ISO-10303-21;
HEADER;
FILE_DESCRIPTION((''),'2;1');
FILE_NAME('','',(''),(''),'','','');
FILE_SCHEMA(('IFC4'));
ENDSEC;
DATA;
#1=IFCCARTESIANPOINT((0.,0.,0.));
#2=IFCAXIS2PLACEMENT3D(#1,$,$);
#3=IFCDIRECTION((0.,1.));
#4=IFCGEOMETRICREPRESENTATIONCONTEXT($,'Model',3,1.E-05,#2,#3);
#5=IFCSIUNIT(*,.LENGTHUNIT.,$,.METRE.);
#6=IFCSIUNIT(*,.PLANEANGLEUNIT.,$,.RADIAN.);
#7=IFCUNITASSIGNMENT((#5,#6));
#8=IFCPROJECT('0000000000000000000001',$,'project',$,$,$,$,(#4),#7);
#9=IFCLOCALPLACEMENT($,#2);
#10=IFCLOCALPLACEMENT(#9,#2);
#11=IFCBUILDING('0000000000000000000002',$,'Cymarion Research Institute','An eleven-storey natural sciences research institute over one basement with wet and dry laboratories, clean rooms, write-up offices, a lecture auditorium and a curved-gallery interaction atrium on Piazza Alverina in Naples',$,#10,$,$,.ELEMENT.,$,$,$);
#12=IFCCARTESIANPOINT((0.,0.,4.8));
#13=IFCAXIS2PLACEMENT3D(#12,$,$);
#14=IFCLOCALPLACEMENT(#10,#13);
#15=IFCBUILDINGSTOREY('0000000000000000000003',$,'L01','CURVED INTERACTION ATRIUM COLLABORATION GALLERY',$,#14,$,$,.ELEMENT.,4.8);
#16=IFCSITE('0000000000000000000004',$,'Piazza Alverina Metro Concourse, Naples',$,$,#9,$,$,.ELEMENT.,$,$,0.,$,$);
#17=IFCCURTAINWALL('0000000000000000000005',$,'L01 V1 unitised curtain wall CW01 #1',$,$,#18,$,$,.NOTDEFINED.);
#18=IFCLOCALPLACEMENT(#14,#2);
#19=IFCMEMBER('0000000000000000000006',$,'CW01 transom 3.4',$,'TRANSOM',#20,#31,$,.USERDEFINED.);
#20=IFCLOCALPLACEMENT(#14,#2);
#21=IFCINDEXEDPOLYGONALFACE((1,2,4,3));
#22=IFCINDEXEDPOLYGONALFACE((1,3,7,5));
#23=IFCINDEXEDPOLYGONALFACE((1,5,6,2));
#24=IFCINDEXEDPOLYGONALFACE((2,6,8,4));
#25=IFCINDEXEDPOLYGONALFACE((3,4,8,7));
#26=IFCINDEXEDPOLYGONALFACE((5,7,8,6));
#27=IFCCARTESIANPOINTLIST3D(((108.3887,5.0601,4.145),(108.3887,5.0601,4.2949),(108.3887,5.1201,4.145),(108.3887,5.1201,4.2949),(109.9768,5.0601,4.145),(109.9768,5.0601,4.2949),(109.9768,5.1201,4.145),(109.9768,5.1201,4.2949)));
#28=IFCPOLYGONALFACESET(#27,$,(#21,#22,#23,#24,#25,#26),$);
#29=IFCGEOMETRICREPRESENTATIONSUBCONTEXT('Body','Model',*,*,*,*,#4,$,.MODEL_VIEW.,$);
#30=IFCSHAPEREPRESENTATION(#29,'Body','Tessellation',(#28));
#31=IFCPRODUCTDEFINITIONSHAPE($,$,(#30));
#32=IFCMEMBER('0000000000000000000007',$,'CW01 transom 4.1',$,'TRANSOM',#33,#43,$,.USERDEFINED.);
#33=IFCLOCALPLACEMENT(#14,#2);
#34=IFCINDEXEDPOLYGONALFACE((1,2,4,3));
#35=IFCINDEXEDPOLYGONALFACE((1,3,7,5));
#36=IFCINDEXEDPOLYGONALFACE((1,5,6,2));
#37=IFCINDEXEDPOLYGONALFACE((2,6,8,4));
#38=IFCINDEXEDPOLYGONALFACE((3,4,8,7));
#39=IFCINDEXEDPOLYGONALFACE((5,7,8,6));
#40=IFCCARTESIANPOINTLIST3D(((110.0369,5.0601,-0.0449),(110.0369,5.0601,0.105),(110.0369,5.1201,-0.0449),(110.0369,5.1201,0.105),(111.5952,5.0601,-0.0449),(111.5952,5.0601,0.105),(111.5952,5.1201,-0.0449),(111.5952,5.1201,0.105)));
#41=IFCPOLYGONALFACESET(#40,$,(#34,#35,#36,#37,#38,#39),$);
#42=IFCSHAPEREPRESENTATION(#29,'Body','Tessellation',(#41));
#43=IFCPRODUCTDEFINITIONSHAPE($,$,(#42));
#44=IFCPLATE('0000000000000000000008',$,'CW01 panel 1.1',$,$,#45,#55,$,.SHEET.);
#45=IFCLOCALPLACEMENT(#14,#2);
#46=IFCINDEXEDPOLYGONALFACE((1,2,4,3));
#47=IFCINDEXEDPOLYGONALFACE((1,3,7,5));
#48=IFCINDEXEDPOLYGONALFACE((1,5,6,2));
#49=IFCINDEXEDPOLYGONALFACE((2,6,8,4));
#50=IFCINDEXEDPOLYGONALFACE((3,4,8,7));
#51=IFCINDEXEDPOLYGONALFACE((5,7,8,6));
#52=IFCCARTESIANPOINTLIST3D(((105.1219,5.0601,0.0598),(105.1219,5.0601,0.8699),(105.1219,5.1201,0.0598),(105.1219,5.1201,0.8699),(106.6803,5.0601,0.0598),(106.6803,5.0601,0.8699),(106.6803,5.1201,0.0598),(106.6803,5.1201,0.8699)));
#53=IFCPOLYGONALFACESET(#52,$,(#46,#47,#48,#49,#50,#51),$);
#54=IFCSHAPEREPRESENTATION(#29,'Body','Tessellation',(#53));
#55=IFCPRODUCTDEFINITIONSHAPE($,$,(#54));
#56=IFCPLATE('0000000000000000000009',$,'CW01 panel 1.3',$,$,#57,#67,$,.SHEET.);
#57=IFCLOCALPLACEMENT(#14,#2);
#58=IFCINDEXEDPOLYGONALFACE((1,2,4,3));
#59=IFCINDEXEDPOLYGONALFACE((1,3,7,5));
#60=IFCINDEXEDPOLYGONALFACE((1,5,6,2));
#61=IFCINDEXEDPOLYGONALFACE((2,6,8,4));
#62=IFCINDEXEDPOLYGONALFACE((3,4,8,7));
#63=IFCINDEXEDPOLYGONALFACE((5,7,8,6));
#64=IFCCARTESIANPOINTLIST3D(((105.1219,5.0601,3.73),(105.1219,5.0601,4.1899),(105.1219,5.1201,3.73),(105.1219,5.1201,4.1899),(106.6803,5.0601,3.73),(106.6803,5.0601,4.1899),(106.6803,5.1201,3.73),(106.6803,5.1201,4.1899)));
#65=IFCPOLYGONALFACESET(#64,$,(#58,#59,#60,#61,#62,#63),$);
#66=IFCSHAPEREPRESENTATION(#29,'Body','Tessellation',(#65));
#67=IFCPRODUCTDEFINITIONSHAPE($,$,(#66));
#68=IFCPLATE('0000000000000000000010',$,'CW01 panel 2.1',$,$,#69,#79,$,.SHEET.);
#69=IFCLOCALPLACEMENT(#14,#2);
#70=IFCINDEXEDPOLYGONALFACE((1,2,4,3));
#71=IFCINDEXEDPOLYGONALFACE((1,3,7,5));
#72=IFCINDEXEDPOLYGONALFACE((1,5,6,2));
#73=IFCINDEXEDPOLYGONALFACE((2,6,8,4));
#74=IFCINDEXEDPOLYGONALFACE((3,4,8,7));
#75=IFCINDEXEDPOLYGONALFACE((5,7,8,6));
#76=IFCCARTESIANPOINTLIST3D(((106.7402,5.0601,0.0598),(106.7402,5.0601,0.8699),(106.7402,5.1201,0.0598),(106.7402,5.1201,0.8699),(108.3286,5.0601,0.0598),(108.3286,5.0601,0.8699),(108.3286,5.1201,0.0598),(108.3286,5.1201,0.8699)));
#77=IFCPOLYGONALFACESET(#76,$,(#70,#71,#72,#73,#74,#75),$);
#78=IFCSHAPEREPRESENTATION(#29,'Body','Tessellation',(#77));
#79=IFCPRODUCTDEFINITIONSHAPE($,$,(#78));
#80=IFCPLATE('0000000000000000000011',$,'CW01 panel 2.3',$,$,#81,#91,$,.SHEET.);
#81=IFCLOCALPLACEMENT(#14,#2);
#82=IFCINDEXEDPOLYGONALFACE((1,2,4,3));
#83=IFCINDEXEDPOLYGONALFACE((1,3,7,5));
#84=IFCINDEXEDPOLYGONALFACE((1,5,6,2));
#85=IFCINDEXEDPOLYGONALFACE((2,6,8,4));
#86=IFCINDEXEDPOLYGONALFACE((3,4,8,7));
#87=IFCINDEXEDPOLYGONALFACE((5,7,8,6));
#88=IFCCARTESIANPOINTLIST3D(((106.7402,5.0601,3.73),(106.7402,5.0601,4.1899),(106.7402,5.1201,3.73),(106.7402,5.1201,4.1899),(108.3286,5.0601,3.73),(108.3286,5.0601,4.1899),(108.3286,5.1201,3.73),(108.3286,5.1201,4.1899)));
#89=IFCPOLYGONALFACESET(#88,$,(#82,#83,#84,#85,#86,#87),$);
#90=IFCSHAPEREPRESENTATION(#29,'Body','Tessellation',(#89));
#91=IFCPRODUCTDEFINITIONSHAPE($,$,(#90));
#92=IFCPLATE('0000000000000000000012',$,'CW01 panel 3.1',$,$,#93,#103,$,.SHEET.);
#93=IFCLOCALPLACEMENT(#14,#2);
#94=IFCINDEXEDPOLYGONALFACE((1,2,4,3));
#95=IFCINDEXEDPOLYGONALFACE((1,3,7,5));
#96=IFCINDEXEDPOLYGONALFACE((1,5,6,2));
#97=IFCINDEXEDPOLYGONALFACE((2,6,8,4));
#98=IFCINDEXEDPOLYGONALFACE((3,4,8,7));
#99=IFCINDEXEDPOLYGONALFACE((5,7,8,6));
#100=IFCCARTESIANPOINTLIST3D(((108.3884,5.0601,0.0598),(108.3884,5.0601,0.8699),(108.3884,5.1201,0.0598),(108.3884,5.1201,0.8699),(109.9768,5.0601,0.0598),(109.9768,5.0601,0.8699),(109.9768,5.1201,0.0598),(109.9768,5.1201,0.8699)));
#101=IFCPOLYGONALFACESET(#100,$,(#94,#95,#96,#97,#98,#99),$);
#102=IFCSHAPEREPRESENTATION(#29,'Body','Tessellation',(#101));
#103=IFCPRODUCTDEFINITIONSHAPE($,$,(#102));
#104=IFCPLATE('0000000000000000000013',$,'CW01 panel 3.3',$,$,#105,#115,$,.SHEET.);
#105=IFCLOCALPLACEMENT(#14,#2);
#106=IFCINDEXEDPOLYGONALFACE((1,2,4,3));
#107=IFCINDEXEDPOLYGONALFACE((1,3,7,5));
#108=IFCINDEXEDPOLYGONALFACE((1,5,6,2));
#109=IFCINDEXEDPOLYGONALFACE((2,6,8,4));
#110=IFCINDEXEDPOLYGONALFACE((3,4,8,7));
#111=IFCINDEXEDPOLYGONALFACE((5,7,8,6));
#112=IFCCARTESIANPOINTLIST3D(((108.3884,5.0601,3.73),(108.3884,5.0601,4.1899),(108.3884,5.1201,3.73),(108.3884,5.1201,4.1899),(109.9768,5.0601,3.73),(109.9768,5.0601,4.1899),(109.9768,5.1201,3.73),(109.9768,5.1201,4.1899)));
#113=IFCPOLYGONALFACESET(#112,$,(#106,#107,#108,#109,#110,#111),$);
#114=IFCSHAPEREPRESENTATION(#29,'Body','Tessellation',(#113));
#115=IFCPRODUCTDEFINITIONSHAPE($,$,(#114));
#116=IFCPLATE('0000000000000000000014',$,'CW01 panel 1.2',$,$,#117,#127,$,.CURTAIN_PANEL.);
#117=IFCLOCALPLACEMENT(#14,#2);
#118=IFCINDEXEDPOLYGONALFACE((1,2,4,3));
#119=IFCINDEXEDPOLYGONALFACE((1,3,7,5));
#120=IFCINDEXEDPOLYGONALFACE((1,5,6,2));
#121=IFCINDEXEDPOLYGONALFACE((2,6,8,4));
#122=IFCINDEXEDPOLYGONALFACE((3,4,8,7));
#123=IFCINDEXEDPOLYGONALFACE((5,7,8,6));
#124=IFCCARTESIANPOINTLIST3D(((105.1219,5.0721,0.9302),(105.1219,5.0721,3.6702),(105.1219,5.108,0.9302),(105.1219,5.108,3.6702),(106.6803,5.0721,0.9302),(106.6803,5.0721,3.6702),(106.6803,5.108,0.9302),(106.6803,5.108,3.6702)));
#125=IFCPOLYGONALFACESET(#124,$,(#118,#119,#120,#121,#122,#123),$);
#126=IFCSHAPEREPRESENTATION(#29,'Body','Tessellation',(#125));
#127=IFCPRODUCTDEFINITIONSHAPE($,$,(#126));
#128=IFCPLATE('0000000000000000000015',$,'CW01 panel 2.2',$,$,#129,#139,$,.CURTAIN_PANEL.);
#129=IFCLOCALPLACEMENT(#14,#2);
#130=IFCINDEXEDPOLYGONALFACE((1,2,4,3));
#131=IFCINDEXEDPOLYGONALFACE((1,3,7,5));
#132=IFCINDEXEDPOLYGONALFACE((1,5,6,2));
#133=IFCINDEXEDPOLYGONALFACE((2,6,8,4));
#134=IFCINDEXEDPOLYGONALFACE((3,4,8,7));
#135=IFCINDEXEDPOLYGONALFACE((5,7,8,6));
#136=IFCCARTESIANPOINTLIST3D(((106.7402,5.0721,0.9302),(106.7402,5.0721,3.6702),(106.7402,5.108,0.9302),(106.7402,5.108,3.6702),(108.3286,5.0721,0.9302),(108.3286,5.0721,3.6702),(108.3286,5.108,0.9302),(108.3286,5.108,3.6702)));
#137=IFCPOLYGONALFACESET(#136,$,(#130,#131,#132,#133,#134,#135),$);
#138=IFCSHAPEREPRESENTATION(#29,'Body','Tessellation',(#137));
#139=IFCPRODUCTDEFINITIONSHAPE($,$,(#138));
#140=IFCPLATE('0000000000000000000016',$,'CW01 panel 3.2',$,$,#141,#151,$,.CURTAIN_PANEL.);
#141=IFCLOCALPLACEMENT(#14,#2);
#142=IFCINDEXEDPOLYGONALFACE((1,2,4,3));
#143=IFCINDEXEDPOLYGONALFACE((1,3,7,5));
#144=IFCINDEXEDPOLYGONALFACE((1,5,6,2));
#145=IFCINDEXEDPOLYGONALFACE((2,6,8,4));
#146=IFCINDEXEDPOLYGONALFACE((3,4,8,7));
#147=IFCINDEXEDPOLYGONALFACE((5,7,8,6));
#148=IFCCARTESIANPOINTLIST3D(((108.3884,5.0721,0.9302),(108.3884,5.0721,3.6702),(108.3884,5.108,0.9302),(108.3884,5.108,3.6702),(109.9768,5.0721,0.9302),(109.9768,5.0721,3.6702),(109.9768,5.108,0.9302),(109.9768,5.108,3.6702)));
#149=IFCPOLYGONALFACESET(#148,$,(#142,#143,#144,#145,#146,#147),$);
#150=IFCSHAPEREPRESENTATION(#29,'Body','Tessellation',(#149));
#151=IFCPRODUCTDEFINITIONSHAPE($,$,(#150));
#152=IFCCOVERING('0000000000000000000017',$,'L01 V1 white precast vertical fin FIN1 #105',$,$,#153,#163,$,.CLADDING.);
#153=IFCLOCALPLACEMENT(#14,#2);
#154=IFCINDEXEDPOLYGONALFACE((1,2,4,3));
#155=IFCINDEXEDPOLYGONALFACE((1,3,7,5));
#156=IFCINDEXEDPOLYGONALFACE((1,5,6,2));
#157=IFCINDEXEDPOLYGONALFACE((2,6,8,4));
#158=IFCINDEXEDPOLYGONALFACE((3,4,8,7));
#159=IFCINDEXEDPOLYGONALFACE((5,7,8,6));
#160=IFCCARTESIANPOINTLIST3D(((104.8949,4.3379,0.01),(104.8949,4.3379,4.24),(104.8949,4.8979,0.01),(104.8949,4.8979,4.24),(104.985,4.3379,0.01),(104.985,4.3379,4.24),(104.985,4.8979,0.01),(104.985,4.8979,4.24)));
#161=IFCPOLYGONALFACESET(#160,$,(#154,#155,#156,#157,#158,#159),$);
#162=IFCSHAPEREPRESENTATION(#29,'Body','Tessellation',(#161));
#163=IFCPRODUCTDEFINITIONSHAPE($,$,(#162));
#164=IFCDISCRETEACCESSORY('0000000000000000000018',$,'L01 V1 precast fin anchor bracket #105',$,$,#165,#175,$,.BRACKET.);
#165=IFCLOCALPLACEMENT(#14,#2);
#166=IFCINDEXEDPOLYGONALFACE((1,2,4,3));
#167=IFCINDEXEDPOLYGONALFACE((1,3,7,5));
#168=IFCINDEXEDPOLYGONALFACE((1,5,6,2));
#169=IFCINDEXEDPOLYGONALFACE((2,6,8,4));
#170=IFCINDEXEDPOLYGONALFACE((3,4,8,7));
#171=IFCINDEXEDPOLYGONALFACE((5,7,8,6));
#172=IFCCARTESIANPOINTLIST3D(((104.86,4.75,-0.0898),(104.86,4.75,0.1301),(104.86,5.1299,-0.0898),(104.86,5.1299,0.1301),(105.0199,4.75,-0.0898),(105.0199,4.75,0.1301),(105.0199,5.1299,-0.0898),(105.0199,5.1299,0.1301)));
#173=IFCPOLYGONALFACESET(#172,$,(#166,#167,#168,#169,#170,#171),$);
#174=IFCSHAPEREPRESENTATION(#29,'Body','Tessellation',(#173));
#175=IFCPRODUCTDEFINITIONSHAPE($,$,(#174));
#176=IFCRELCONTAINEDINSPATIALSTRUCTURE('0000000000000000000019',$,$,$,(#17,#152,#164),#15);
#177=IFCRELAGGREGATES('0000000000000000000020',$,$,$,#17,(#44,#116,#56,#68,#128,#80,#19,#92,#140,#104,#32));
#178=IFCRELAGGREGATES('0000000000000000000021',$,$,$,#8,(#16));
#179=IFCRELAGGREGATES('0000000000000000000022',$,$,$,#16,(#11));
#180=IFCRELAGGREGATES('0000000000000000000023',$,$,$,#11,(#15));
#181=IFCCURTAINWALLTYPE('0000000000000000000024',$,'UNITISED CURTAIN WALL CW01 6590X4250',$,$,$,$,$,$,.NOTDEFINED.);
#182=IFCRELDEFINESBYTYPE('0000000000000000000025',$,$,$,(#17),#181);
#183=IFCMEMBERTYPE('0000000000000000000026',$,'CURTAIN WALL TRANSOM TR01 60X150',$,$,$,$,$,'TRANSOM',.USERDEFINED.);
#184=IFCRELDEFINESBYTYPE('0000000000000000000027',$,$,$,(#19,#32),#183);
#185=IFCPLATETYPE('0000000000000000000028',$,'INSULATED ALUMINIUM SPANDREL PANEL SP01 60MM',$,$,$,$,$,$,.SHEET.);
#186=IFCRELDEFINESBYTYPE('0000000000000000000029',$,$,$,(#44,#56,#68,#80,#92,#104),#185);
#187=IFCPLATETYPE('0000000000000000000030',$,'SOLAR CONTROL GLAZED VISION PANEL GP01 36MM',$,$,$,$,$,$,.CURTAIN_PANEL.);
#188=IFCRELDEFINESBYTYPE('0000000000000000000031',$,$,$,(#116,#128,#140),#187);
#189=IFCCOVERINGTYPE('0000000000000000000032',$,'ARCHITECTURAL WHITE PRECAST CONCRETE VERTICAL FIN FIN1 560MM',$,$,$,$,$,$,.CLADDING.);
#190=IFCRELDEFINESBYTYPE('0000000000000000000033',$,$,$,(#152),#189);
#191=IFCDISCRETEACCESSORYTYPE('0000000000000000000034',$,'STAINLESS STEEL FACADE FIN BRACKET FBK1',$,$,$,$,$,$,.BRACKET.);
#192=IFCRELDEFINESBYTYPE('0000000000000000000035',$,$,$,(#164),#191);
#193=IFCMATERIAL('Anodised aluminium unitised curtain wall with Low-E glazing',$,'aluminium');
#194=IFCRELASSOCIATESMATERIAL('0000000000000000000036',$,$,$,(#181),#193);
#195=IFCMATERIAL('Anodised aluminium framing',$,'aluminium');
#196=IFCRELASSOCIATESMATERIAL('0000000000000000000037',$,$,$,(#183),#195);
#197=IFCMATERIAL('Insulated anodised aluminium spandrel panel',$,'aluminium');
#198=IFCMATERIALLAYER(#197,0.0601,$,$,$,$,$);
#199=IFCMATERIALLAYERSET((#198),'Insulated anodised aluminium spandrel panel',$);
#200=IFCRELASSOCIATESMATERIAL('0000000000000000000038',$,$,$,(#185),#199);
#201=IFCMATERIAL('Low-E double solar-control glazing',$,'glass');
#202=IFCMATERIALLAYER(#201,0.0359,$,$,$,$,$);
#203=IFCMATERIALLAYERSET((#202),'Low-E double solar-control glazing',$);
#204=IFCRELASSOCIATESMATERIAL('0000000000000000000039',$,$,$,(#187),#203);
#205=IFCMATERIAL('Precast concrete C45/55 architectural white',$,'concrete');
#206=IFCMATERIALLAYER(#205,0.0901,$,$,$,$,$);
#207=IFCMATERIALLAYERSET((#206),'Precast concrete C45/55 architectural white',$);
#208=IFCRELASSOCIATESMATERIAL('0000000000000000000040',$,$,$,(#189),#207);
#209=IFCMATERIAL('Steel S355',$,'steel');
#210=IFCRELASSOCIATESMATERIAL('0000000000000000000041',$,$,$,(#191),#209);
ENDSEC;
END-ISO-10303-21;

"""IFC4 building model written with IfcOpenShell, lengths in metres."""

from ifc_helpers import new_model, si_unit, direction, frame, origin, origin_2d, place, context, subcontext, project, spatial, rectangle, extrude, material, layer, layer_set, material_profile, profile_set, type_object, element, aggregate, save


model = new_model("IFC4")

# Units and contexts
model_context = context("Model", 3, precision=1e-05, world=origin(), true_north=direction((0.0, 1.0)))
body_context = subcontext(model_context, "Body", "Model", "MODEL_VIEW")
ifc_project = project(units=[si_unit("LENGTHUNIT", "METRE"), si_unit("PLANEANGLEUNIT", "RADIAN")], contexts=[model_context])

# Site, building, storey
site_placement = place(None, origin())
site = spatial("IfcSite", under=ifc_project, at=site_placement, Name="Piazza Alverina Metro Concourse, Naples", CompositionType="ELEMENT", RefElevation=0.0)
building_placement = place(site_placement, origin())
building = spatial("IfcBuilding", under=site, at=building_placement, Name="Cymarion Research Institute", Description="An eleven-storey natural sciences research institute over one basement with wet and dry laboratories, clean rooms, write-up offices, a lecture auditorium and a curved-gallery interaction atrium on Piazza Alverina in Naples", CompositionType="ELEMENT")
storey_placement = place(building_placement, frame((0.0, 0.0, 4.8)))
storey = spatial("IfcBuildingStorey", under=building, at=storey_placement, Name="L01", Description="CURVED INTERACTION ATRIUM COLLABORATION GALLERY", CompositionType="ELEMENT", Elevation=4.8)

# Curtain wall, members, plates
ifc_material_1 = material(Name="Anodised aluminium unitised curtain wall with Low-E glazing", Category="aluminium")
curtain_wall_type = type_object("IfcCurtainWallType", Name="UNITISED CURTAIN WALL CW01 6590X4250", PredefinedType="NOTDEFINED", material=ifc_material_1)
curtain_wall_placement = place(storey_placement, origin())
curtain_wall = element("IfcCurtainWall", 1, at=curtain_wall_placement, inside=storey, type_object=curtain_wall_type, Name="L01 V1 unitised curtain wall CW01 #1", PredefinedType="NOTDEFINED")
ifc_material_2 = material(Name="Anodised aluminium framing", Category="aluminium")
ifc_material_profile_1 = material_profile(ifc_material_2, rectangle(XDim=0.0601, YDim=0.1499, at=origin_2d()), Name="ALU TRANSOM 60x150")
ifc_profile_set_1 = profile_set([ifc_material_profile_1], Name="Anodised aluminium framing")
member_type_1 = type_object("IfcMemberType", Name="CURTAIN WALL TRANSOM TR01 60X150", ElementType="TRANSOM", PredefinedType="USERDEFINED", material=ifc_profile_set_1)
member_1_placement = place(storey_placement, frame((108.3887, 5.0901, 4.22), z_axis=(1.0, 0.0, 0.0), x_axis=(0.0, 1.0, 0.0)))
member_1 = element("IfcMember", 2, at=member_1_placement, type_object=member_type_1, Name="CW01 transom 3.4", ObjectType="TRANSOM", PredefinedType="USERDEFINED", context=body_context, shape_type="SweptSolid", body=[
    extrude(rectangle(XDim=0.0601, YDim=0.1499, at=origin_2d()), origin(), (0.0, 0.0, 1.0), 1.5881),
])
member_2_placement = place(storey_placement, frame((110.0369, 5.0901, 0.03), z_axis=(1.0, 0.0, 0.0), x_axis=(0.0, 1.0, 0.0)))
member_2 = element("IfcMember", 3, at=member_2_placement, type_object=member_type_1, Name="CW01 transom 4.1", ObjectType="TRANSOM", PredefinedType="USERDEFINED", context=body_context, shape_type="SweptSolid", body=[
    extrude(rectangle(XDim=0.0601, YDim=0.1499, at=origin_2d()), origin(), (0.0, 0.0, 1.0), 1.5583),
])
ifc_material_3 = material(Name="Insulated anodised aluminium spandrel panel", Category="aluminium")
ifc_layer_1 = layer(ifc_material_3, 0.0601)
ifc_layer_set_1 = layer_set([ifc_layer_1], Name="Insulated anodised aluminium spandrel panel")
plate_type_1 = type_object("IfcPlateType", Name="INSULATED ALUMINIUM SPANDREL PANEL SP01 60MM", PredefinedType="SHEET", material=ifc_layer_set_1)
plate_1_placement = place(storey_placement, frame((105.9011, 5.0901, 0.0598), z_axis=(0.0, 0.0, 1.0), x_axis=(1.0, 0.0, 0.0)))
plate_1 = element("IfcPlate", 4, at=plate_1_placement, type_object=plate_type_1, Name="CW01 panel 1.1", PredefinedType="SHEET", context=body_context, shape_type="SweptSolid", body=[
    extrude(rectangle(XDim=1.5583, YDim=0.0601, at=origin_2d()), origin(), (0.0, 0.0, 1.0), 0.8101),
])
plate_2_placement = place(storey_placement, frame((105.9011, 5.0901, 3.73), z_axis=(0.0, 0.0, 1.0), x_axis=(1.0, 0.0, 0.0)))
plate_2 = element("IfcPlate", 5, at=plate_2_placement, type_object=plate_type_1, Name="CW01 panel 1.3", PredefinedType="SHEET", context=body_context, shape_type="SweptSolid", body=[
    extrude(rectangle(XDim=1.5583, YDim=0.0601, at=origin_2d()), origin(), (0.0, 0.0, 1.0), 0.46),
])
plate_3_placement = place(storey_placement, frame((107.5344, 5.0901, 0.0598), z_axis=(0.0, 0.0, 1.0), x_axis=(1.0, 0.0, 0.0)))
plate_3 = element("IfcPlate", 6, at=plate_3_placement, type_object=plate_type_1, Name="CW01 panel 2.1", PredefinedType="SHEET", context=body_context, shape_type="SweptSolid", body=[
    extrude(rectangle(XDim=1.5884, YDim=0.0601, at=origin_2d()), origin(), (0.0, 0.0, 1.0), 0.8101),
])
plate_4_placement = place(storey_placement, frame((107.5344, 5.0901, 3.73), z_axis=(0.0, 0.0, 1.0), x_axis=(1.0, 0.0, 0.0)))
plate_4 = element("IfcPlate", 7, at=plate_4_placement, type_object=plate_type_1, Name="CW01 panel 2.3", PredefinedType="SHEET", context=body_context, shape_type="SweptSolid", body=[
    extrude(rectangle(XDim=1.5884, YDim=0.0601, at=origin_2d()), origin(), (0.0, 0.0, 1.0), 0.46),
])
plate_5_placement = place(storey_placement, frame((109.1826, 5.0901, 0.0598), z_axis=(0.0, 0.0, 1.0), x_axis=(1.0, 0.0, 0.0)))
plate_5 = element("IfcPlate", 8, at=plate_5_placement, type_object=plate_type_1, Name="CW01 panel 3.1", PredefinedType="SHEET", context=body_context, shape_type="SweptSolid", body=[
    extrude(rectangle(XDim=1.5884, YDim=0.0601, at=origin_2d()), origin(), (0.0, 0.0, 1.0), 0.8101),
])
plate_6_placement = place(storey_placement, frame((109.1826, 5.0901, 3.73), z_axis=(0.0, 0.0, 1.0), x_axis=(1.0, 0.0, 0.0)))
plate_6 = element("IfcPlate", 9, at=plate_6_placement, type_object=plate_type_1, Name="CW01 panel 3.3", PredefinedType="SHEET", context=body_context, shape_type="SweptSolid", body=[
    extrude(rectangle(XDim=1.5884, YDim=0.0601, at=origin_2d()), origin(), (0.0, 0.0, 1.0), 0.46),
])
ifc_material_4 = material(Name="Low-E double solar-control glazing", Category="glass")
ifc_layer_2 = layer(ifc_material_4, 0.0359)
ifc_layer_set_2 = layer_set([ifc_layer_2], Name="Low-E double solar-control glazing")
plate_type_2 = type_object("IfcPlateType", Name="SOLAR CONTROL GLAZED VISION PANEL GP01 36MM", PredefinedType="CURTAIN_PANEL", material=ifc_layer_set_2)
plate_7_placement = place(storey_placement, frame((105.9011, 5.0901, 0.9302), z_axis=(0.0, 0.0, 1.0), x_axis=(1.0, 0.0, 0.0)))
plate_7 = element("IfcPlate", 10, at=plate_7_placement, type_object=plate_type_2, Name="CW01 panel 1.2", PredefinedType="CURTAIN_PANEL", context=body_context, shape_type="SweptSolid", body=[
    extrude(rectangle(XDim=1.5583, YDim=0.0359, at=origin_2d()), origin(), (0.0, 0.0, 1.0), 2.74),
])
plate_8_placement = place(storey_placement, frame((107.5344, 5.0901, 0.9302), z_axis=(0.0, 0.0, 1.0), x_axis=(1.0, 0.0, 0.0)))
plate_8 = element("IfcPlate", 11, at=plate_8_placement, type_object=plate_type_2, Name="CW01 panel 2.2", PredefinedType="CURTAIN_PANEL", context=body_context, shape_type="SweptSolid", body=[
    extrude(rectangle(XDim=1.5884, YDim=0.0359, at=origin_2d()), origin(), (0.0, 0.0, 1.0), 2.74),
])
plate_9_placement = place(storey_placement, frame((109.1826, 5.0901, 0.9302), z_axis=(0.0, 0.0, 1.0), x_axis=(1.0, 0.0, 0.0)))
plate_9 = element("IfcPlate", 12, at=plate_9_placement, type_object=plate_type_2, Name="CW01 panel 3.2", PredefinedType="CURTAIN_PANEL", context=body_context, shape_type="SweptSolid", body=[
    extrude(rectangle(XDim=1.5884, YDim=0.0359, at=origin_2d()), origin(), (0.0, 0.0, 1.0), 2.74),
])
aggregate(curtain_wall, [plate_1, plate_7, plate_2, plate_3, plate_8, plate_4, member_1, plate_5, plate_9, plate_6, member_2])

# Covering
ifc_material_5 = material(Name="Precast concrete C45/55 architectural white", Category="concrete")
ifc_layer_3 = layer(ifc_material_5, 0.0901)
ifc_layer_set_3 = layer_set([ifc_layer_3], Name="Precast concrete C45/55 architectural white")
covering_type = type_object("IfcCoveringType", Name="ARCHITECTURAL WHITE PRECAST CONCRETE VERTICAL FIN FIN1 560MM", PredefinedType="CLADDING", material=ifc_layer_set_3)
covering_placement = place(storey_placement, frame((104.9399, 4.6179, 0.01), z_axis=(0.0, 0.0, 1.0), x_axis=(0.0, -1.0, 0.0)))
element("IfcCovering", 13, at=covering_placement, inside=storey, type_object=covering_type, Name="L01 V1 white precast vertical fin FIN1 #105", PredefinedType="CLADDING", context=body_context, shape_type="SweptSolid", body=[
    extrude(rectangle(XDim=0.5601, YDim=0.0901, at=origin_2d()), origin(), (0.0, 0.0, 1.0), 4.23),
])

# Discrete accessory
ifc_material_6 = material(Name="Steel S355", Category="steel")
discrete_accessory_type = type_object("IfcDiscreteAccessoryType", Name="STAINLESS STEEL FACADE FIN BRACKET FBK1", PredefinedType="BRACKET", material=ifc_material_6)
discrete_accessory_placement = place(storey_placement, frame((104.9399, 4.9399, -0.0898), z_axis=(0.0, 0.0, 1.0), x_axis=(0.0, -1.0, 0.0)))
element("IfcDiscreteAccessory", 14, at=discrete_accessory_placement, inside=storey, type_object=discrete_accessory_type, Name="L01 V1 precast fin anchor bracket #105", PredefinedType="BRACKET", context=body_context, shape_type="SweptSolid", body=[
    extrude(rectangle(XDim=0.3799, YDim=0.1599, at=origin_2d()), origin(), (0.0, 0.0, 1.0), 0.22),
])

save(model, "model.ifc")
